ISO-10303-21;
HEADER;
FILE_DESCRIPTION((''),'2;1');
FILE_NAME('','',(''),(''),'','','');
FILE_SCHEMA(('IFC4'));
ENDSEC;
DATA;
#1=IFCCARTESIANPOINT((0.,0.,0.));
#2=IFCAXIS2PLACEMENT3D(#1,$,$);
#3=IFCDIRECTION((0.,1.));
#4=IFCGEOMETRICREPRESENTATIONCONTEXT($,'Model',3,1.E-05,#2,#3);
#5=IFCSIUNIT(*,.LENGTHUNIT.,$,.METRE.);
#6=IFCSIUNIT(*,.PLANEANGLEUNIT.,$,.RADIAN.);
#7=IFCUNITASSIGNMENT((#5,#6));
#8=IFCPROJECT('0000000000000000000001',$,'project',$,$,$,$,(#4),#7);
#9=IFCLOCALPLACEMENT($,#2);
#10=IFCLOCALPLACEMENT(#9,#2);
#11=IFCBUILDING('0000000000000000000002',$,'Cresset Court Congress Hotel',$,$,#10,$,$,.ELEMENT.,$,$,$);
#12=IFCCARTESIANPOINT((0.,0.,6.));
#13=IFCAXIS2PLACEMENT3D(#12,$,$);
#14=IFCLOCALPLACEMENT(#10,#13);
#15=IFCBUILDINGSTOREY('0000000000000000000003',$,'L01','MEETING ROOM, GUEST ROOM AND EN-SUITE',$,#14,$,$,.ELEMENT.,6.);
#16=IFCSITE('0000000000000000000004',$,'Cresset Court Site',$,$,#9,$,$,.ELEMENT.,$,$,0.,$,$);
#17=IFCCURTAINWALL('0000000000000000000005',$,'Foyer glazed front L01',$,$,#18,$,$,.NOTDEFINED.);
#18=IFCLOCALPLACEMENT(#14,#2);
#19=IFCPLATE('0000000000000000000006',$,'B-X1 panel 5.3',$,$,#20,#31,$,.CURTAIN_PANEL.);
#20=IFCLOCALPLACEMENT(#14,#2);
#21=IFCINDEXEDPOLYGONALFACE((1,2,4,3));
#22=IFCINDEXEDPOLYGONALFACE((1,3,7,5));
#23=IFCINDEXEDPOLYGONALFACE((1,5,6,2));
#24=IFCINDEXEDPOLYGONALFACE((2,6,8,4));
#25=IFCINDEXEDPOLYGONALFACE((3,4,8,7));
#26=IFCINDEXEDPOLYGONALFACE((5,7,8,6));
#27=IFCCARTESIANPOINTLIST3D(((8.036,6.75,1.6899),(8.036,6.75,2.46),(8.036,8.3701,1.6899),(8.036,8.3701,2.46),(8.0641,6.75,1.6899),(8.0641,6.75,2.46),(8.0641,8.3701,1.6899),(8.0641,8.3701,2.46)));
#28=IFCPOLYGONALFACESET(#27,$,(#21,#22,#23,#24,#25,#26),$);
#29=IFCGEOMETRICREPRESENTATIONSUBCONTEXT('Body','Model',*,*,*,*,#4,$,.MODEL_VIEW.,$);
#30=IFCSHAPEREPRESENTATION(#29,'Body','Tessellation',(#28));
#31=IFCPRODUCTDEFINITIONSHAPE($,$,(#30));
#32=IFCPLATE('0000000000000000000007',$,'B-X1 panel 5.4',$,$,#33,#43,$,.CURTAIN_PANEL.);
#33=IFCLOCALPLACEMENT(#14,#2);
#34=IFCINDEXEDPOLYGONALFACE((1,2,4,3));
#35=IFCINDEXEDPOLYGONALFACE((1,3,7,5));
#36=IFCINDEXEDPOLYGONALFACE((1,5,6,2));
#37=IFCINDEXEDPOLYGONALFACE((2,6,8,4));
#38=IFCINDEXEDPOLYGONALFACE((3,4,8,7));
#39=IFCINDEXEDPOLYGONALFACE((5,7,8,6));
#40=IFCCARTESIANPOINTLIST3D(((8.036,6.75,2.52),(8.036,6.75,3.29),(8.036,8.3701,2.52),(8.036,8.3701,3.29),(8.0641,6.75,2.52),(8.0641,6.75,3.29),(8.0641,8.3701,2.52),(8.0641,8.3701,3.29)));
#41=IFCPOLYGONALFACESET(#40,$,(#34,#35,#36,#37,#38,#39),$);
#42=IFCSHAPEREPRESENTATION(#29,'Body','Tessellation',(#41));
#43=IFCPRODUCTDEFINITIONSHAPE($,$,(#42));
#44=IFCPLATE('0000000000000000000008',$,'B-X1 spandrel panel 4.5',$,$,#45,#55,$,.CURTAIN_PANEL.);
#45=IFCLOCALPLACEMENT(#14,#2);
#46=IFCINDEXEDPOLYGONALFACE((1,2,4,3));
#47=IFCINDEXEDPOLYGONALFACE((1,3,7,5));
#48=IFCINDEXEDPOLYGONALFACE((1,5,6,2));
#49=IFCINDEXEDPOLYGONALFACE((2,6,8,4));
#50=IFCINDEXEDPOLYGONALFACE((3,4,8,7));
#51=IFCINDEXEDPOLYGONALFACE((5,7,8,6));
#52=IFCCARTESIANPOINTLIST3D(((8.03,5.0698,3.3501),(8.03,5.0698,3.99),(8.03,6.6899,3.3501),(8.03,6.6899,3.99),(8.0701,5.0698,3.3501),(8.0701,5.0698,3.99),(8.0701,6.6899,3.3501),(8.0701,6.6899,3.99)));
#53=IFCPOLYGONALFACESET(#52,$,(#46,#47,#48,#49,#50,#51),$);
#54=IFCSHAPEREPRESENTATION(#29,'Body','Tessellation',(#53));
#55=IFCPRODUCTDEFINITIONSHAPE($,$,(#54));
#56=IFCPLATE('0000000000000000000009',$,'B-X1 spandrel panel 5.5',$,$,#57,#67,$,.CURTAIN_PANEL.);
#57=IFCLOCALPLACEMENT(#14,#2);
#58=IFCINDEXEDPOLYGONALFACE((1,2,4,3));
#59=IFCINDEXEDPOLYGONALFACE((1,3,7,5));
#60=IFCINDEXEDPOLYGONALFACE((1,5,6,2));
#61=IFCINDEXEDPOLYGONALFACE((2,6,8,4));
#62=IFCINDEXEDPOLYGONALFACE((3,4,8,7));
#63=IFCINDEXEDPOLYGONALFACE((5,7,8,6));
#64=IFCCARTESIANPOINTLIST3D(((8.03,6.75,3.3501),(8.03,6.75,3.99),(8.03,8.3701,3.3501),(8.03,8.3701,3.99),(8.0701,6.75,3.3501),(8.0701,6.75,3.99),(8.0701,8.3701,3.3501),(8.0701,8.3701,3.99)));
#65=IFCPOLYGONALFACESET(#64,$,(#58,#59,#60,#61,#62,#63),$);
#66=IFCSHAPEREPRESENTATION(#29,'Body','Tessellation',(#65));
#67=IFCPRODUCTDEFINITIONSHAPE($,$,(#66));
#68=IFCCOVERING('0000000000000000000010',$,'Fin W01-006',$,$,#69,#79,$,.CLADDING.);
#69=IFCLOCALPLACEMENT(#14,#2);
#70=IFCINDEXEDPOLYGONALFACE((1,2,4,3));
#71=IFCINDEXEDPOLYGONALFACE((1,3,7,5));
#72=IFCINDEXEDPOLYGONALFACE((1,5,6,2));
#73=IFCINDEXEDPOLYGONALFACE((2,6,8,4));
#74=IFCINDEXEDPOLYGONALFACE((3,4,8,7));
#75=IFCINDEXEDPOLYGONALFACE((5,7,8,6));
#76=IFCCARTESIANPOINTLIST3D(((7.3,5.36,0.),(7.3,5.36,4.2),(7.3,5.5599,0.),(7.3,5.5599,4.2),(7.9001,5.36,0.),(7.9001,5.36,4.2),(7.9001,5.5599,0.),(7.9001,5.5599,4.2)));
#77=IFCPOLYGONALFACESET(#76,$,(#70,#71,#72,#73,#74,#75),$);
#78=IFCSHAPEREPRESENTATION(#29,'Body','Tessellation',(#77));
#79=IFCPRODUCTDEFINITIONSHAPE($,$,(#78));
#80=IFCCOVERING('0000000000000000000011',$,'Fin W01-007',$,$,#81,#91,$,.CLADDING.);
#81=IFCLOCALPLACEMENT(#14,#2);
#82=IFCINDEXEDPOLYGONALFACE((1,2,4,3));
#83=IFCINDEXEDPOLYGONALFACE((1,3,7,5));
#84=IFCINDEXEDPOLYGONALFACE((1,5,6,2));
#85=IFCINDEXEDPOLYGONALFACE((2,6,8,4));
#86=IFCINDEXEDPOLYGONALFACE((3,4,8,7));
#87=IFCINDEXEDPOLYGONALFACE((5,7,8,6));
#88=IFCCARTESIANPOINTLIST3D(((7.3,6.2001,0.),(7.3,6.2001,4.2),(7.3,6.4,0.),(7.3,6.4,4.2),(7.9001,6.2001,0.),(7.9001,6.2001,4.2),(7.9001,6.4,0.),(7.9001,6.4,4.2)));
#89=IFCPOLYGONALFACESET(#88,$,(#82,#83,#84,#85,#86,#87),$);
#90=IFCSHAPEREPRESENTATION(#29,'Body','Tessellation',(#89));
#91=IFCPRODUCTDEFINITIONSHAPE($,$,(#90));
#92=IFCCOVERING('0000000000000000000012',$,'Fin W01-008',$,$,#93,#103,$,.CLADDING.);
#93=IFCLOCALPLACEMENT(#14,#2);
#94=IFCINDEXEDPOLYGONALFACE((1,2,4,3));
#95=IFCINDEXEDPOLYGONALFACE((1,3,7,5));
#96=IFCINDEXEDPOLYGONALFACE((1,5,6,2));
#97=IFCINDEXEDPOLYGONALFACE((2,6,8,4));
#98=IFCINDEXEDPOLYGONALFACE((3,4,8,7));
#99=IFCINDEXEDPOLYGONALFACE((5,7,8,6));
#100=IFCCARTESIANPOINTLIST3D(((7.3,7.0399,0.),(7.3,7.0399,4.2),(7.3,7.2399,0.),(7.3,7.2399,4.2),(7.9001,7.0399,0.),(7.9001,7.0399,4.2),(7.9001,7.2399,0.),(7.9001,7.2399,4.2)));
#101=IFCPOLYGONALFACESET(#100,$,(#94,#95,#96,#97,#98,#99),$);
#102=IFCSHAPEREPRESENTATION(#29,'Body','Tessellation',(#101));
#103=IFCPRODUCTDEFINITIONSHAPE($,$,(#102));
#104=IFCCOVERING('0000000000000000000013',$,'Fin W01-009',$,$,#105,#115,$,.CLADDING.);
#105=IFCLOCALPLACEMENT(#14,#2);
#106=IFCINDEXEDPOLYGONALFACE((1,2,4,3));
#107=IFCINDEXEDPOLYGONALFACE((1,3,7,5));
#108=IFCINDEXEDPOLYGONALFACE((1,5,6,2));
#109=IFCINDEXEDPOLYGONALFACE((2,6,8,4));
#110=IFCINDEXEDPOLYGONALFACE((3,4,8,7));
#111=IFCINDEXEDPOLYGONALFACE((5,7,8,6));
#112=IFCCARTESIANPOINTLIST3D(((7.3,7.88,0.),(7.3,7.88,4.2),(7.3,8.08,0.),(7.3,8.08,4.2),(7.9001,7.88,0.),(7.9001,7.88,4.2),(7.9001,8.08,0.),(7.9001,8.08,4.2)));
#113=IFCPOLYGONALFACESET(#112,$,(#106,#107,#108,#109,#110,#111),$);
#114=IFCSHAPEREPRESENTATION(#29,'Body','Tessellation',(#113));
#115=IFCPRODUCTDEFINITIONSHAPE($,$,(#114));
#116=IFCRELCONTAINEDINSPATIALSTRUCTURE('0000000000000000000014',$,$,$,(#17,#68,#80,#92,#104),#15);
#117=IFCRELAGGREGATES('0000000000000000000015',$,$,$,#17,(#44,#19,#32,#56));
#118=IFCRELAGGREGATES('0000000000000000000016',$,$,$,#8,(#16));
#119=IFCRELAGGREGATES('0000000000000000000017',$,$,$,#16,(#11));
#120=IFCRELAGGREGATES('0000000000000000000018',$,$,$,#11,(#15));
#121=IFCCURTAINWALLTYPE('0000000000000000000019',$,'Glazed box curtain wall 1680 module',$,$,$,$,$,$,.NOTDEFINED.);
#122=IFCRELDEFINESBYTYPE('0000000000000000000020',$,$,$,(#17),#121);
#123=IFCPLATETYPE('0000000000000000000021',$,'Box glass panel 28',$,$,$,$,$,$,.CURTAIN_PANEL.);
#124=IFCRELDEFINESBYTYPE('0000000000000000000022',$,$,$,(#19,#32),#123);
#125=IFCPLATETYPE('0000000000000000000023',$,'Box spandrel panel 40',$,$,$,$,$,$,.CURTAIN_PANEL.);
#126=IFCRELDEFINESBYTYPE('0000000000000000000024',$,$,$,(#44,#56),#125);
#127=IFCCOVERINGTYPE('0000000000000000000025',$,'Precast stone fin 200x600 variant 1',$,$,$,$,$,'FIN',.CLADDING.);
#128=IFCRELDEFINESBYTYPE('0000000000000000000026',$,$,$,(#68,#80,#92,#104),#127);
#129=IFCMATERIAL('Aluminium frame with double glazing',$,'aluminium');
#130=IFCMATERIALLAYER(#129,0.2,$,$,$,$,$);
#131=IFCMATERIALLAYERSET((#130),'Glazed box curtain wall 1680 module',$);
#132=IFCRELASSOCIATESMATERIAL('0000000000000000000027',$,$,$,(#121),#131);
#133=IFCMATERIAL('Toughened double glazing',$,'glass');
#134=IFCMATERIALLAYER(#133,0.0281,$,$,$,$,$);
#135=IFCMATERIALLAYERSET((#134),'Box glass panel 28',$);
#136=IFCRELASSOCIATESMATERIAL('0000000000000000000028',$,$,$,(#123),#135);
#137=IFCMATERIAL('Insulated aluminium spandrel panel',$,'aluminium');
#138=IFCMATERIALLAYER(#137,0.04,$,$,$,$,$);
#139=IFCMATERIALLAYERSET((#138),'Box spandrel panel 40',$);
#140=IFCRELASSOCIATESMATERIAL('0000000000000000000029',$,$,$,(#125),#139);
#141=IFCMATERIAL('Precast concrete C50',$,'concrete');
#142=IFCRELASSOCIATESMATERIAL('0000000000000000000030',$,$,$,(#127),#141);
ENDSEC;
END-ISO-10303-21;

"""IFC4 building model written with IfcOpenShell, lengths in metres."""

from ifc_helpers import new_model, si_unit, direction, frame, origin, origin_2d, place, context, subcontext, project, spatial, rectangle, extrude, material, layer, layer_set, type_object, element, aggregate, save


model = new_model("IFC4")

# Units and contexts
model_context = context("Model", 3, precision=1e-05, world=origin(), true_north=direction((0.0, 1.0)))
body_context = subcontext(model_context, "Body", "Model", "MODEL_VIEW")
ifc_project = project(units=[si_unit("LENGTHUNIT", "METRE"), si_unit("PLANEANGLEUNIT", "RADIAN")], contexts=[model_context])

# Site, building, storey
site_placement = place(None, origin())
site = spatial("IfcSite", under=ifc_project, at=site_placement, Name="Cresset Court Site", CompositionType="ELEMENT", RefElevation=0.0)
building_placement = place(site_placement, origin())
building = spatial("IfcBuilding", under=site, at=building_placement, Name="Cresset Court Congress Hotel", CompositionType="ELEMENT")
storey_placement = place(building_placement, frame((0.0, 0.0, 6.0)))
storey = spatial("IfcBuildingStorey", under=building, at=storey_placement, Name="L01", Description="MEETING ROOM, GUEST ROOM AND EN-SUITE", CompositionType="ELEMENT", Elevation=6.0)

# Curtain wall, plates
ifc_material_1 = material(Name="Aluminium frame with double glazing", Category="aluminium")
ifc_layer_1 = layer(ifc_material_1, 0.2)
ifc_layer_set_1 = layer_set([ifc_layer_1], Name="Glazed box curtain wall 1680 module")
curtain_wall_type = type_object("IfcCurtainWallType", Name="Glazed box curtain wall 1680 module", PredefinedType="NOTDEFINED", material=ifc_layer_set_1)
curtain_wall_placement = place(storey_placement, origin())
curtain_wall = element("IfcCurtainWall", 1, at=curtain_wall_placement, inside=storey, type_object=curtain_wall_type, Name="Foyer glazed front L01", PredefinedType="NOTDEFINED")
ifc_material_2 = material(Name="Toughened double glazing", Category="glass")
ifc_layer_2 = layer(ifc_material_2, 0.0281)
ifc_layer_set_2 = layer_set([ifc_layer_2], Name="Box glass panel 28")
plate_type_1 = type_object("IfcPlateType", Name="Box glass panel 28", PredefinedType="CURTAIN_PANEL", material=ifc_layer_set_2)
plate_1_placement = place(storey_placement, frame((8.05, 7.5601, 1.6899), z_axis=(0.0, 0.0, 1.0), x_axis=(0.0, 1.0, 0.0)))
plate_1 = element("IfcPlate", 2, at=plate_1_placement, type_object=plate_type_1, Name="B-X1 panel 5.3", PredefinedType="CURTAIN_PANEL", context=body_context, shape_type="SweptSolid", body=[
    extrude(rectangle(XDim=1.6201, YDim=0.0281, at=origin_2d()), origin(), (0.0, 0.0, 1.0), 0.77),
])
plate_2_placement = place(storey_placement, frame((8.05, 7.5601, 2.52), z_axis=(0.0, 0.0, 1.0), x_axis=(0.0, 1.0, 0.0)))
plate_2 = element("IfcPlate", 3, at=plate_2_placement, type_object=plate_type_1, Name="B-X1 panel 5.4", PredefinedType="CURTAIN_PANEL", context=body_context, shape_type="SweptSolid", body=[
    extrude(rectangle(XDim=1.6201, YDim=0.0281, at=origin_2d()), origin(), (0.0, 0.0, 1.0), 0.77),
])
ifc_material_3 = material(Name="Insulated aluminium spandrel panel", Category="aluminium")
ifc_layer_3 = layer(ifc_material_3, 0.04)
ifc_layer_set_3 = layer_set([ifc_layer_3], Name="Box spandrel panel 40")
plate_type_2 = type_object("IfcPlateType", Name="Box spandrel panel 40", PredefinedType="CURTAIN_PANEL", material=ifc_layer_set_3)
plate_3_placement = place(storey_placement, frame((8.05, 5.8799, 3.3501), z_axis=(0.0, 0.0, 1.0), x_axis=(0.0, 1.0, 0.0)))
plate_3 = element("IfcPlate", 4, at=plate_3_placement, type_object=plate_type_2, Name="B-X1 spandrel panel 4.5", PredefinedType="CURTAIN_PANEL", context=body_context, shape_type="SweptSolid", body=[
    extrude(rectangle(XDim=1.6201, YDim=0.04, at=origin_2d()), origin(), (0.0, 0.0, 1.0), 0.6399),
])
plate_4_placement = place(storey_placement, frame((8.05, 7.5601, 3.3501), z_axis=(0.0, 0.0, 1.0), x_axis=(0.0, 1.0, 0.0)))
plate_4 = element("IfcPlate", 5, at=plate_4_placement, type_object=plate_type_2, Name="B-X1 spandrel panel 5.5", PredefinedType="CURTAIN_PANEL", context=body_context, shape_type="SweptSolid", body=[
    extrude(rectangle(XDim=1.6201, YDim=0.04, at=origin_2d()), origin(), (0.0, 0.0, 1.0), 0.6399),
])
aggregate(curtain_wall, [plate_3, plate_1, plate_2, plate_4])

# Coverings
ifc_material_4 = material(Name="Precast concrete C50", Category="concrete")
covering_type = type_object("IfcCoveringType", Name="Precast stone fin 200x600 variant 1", ElementType="FIN", PredefinedType="CLADDING", material=ifc_material_4)
for number, where, z_axis, x_axis, name in (
    (6, (7.6001, 5.46, 0.0), (0.0, 0.0, 1.0), (1.0, 0.0, 0.0), "Fin W01-006"),
    (7, (7.6001, 6.3, 0.0), (0.0, 0.0, 1.0), (1.0, 0.0, 0.0), "Fin W01-007"),
    (8, (7.6001, 7.1399, 0.0), (0.0, 0.0, 1.0), (1.0, 0.0, 0.0), "Fin W01-008"),
    (9, (7.6001, 7.98, 0.0), (0.0, 0.0, 1.0), (1.0, 0.0, 0.0), "Fin W01-009"),
):
    element("IfcCovering", number, at=place(storey_placement, frame(where, z_axis=z_axis, x_axis=x_axis)), inside=storey, type_object=covering_type, Name=name, PredefinedType="CLADDING", context=body_context, shape_type="SweptSolid", body=[
        extrude(rectangle(XDim=0.6001, YDim=0.2, at=origin_2d()), origin(), (0.0, 0.0, 1.0), 4.2),
    ])

save(model, "model.ifc")
